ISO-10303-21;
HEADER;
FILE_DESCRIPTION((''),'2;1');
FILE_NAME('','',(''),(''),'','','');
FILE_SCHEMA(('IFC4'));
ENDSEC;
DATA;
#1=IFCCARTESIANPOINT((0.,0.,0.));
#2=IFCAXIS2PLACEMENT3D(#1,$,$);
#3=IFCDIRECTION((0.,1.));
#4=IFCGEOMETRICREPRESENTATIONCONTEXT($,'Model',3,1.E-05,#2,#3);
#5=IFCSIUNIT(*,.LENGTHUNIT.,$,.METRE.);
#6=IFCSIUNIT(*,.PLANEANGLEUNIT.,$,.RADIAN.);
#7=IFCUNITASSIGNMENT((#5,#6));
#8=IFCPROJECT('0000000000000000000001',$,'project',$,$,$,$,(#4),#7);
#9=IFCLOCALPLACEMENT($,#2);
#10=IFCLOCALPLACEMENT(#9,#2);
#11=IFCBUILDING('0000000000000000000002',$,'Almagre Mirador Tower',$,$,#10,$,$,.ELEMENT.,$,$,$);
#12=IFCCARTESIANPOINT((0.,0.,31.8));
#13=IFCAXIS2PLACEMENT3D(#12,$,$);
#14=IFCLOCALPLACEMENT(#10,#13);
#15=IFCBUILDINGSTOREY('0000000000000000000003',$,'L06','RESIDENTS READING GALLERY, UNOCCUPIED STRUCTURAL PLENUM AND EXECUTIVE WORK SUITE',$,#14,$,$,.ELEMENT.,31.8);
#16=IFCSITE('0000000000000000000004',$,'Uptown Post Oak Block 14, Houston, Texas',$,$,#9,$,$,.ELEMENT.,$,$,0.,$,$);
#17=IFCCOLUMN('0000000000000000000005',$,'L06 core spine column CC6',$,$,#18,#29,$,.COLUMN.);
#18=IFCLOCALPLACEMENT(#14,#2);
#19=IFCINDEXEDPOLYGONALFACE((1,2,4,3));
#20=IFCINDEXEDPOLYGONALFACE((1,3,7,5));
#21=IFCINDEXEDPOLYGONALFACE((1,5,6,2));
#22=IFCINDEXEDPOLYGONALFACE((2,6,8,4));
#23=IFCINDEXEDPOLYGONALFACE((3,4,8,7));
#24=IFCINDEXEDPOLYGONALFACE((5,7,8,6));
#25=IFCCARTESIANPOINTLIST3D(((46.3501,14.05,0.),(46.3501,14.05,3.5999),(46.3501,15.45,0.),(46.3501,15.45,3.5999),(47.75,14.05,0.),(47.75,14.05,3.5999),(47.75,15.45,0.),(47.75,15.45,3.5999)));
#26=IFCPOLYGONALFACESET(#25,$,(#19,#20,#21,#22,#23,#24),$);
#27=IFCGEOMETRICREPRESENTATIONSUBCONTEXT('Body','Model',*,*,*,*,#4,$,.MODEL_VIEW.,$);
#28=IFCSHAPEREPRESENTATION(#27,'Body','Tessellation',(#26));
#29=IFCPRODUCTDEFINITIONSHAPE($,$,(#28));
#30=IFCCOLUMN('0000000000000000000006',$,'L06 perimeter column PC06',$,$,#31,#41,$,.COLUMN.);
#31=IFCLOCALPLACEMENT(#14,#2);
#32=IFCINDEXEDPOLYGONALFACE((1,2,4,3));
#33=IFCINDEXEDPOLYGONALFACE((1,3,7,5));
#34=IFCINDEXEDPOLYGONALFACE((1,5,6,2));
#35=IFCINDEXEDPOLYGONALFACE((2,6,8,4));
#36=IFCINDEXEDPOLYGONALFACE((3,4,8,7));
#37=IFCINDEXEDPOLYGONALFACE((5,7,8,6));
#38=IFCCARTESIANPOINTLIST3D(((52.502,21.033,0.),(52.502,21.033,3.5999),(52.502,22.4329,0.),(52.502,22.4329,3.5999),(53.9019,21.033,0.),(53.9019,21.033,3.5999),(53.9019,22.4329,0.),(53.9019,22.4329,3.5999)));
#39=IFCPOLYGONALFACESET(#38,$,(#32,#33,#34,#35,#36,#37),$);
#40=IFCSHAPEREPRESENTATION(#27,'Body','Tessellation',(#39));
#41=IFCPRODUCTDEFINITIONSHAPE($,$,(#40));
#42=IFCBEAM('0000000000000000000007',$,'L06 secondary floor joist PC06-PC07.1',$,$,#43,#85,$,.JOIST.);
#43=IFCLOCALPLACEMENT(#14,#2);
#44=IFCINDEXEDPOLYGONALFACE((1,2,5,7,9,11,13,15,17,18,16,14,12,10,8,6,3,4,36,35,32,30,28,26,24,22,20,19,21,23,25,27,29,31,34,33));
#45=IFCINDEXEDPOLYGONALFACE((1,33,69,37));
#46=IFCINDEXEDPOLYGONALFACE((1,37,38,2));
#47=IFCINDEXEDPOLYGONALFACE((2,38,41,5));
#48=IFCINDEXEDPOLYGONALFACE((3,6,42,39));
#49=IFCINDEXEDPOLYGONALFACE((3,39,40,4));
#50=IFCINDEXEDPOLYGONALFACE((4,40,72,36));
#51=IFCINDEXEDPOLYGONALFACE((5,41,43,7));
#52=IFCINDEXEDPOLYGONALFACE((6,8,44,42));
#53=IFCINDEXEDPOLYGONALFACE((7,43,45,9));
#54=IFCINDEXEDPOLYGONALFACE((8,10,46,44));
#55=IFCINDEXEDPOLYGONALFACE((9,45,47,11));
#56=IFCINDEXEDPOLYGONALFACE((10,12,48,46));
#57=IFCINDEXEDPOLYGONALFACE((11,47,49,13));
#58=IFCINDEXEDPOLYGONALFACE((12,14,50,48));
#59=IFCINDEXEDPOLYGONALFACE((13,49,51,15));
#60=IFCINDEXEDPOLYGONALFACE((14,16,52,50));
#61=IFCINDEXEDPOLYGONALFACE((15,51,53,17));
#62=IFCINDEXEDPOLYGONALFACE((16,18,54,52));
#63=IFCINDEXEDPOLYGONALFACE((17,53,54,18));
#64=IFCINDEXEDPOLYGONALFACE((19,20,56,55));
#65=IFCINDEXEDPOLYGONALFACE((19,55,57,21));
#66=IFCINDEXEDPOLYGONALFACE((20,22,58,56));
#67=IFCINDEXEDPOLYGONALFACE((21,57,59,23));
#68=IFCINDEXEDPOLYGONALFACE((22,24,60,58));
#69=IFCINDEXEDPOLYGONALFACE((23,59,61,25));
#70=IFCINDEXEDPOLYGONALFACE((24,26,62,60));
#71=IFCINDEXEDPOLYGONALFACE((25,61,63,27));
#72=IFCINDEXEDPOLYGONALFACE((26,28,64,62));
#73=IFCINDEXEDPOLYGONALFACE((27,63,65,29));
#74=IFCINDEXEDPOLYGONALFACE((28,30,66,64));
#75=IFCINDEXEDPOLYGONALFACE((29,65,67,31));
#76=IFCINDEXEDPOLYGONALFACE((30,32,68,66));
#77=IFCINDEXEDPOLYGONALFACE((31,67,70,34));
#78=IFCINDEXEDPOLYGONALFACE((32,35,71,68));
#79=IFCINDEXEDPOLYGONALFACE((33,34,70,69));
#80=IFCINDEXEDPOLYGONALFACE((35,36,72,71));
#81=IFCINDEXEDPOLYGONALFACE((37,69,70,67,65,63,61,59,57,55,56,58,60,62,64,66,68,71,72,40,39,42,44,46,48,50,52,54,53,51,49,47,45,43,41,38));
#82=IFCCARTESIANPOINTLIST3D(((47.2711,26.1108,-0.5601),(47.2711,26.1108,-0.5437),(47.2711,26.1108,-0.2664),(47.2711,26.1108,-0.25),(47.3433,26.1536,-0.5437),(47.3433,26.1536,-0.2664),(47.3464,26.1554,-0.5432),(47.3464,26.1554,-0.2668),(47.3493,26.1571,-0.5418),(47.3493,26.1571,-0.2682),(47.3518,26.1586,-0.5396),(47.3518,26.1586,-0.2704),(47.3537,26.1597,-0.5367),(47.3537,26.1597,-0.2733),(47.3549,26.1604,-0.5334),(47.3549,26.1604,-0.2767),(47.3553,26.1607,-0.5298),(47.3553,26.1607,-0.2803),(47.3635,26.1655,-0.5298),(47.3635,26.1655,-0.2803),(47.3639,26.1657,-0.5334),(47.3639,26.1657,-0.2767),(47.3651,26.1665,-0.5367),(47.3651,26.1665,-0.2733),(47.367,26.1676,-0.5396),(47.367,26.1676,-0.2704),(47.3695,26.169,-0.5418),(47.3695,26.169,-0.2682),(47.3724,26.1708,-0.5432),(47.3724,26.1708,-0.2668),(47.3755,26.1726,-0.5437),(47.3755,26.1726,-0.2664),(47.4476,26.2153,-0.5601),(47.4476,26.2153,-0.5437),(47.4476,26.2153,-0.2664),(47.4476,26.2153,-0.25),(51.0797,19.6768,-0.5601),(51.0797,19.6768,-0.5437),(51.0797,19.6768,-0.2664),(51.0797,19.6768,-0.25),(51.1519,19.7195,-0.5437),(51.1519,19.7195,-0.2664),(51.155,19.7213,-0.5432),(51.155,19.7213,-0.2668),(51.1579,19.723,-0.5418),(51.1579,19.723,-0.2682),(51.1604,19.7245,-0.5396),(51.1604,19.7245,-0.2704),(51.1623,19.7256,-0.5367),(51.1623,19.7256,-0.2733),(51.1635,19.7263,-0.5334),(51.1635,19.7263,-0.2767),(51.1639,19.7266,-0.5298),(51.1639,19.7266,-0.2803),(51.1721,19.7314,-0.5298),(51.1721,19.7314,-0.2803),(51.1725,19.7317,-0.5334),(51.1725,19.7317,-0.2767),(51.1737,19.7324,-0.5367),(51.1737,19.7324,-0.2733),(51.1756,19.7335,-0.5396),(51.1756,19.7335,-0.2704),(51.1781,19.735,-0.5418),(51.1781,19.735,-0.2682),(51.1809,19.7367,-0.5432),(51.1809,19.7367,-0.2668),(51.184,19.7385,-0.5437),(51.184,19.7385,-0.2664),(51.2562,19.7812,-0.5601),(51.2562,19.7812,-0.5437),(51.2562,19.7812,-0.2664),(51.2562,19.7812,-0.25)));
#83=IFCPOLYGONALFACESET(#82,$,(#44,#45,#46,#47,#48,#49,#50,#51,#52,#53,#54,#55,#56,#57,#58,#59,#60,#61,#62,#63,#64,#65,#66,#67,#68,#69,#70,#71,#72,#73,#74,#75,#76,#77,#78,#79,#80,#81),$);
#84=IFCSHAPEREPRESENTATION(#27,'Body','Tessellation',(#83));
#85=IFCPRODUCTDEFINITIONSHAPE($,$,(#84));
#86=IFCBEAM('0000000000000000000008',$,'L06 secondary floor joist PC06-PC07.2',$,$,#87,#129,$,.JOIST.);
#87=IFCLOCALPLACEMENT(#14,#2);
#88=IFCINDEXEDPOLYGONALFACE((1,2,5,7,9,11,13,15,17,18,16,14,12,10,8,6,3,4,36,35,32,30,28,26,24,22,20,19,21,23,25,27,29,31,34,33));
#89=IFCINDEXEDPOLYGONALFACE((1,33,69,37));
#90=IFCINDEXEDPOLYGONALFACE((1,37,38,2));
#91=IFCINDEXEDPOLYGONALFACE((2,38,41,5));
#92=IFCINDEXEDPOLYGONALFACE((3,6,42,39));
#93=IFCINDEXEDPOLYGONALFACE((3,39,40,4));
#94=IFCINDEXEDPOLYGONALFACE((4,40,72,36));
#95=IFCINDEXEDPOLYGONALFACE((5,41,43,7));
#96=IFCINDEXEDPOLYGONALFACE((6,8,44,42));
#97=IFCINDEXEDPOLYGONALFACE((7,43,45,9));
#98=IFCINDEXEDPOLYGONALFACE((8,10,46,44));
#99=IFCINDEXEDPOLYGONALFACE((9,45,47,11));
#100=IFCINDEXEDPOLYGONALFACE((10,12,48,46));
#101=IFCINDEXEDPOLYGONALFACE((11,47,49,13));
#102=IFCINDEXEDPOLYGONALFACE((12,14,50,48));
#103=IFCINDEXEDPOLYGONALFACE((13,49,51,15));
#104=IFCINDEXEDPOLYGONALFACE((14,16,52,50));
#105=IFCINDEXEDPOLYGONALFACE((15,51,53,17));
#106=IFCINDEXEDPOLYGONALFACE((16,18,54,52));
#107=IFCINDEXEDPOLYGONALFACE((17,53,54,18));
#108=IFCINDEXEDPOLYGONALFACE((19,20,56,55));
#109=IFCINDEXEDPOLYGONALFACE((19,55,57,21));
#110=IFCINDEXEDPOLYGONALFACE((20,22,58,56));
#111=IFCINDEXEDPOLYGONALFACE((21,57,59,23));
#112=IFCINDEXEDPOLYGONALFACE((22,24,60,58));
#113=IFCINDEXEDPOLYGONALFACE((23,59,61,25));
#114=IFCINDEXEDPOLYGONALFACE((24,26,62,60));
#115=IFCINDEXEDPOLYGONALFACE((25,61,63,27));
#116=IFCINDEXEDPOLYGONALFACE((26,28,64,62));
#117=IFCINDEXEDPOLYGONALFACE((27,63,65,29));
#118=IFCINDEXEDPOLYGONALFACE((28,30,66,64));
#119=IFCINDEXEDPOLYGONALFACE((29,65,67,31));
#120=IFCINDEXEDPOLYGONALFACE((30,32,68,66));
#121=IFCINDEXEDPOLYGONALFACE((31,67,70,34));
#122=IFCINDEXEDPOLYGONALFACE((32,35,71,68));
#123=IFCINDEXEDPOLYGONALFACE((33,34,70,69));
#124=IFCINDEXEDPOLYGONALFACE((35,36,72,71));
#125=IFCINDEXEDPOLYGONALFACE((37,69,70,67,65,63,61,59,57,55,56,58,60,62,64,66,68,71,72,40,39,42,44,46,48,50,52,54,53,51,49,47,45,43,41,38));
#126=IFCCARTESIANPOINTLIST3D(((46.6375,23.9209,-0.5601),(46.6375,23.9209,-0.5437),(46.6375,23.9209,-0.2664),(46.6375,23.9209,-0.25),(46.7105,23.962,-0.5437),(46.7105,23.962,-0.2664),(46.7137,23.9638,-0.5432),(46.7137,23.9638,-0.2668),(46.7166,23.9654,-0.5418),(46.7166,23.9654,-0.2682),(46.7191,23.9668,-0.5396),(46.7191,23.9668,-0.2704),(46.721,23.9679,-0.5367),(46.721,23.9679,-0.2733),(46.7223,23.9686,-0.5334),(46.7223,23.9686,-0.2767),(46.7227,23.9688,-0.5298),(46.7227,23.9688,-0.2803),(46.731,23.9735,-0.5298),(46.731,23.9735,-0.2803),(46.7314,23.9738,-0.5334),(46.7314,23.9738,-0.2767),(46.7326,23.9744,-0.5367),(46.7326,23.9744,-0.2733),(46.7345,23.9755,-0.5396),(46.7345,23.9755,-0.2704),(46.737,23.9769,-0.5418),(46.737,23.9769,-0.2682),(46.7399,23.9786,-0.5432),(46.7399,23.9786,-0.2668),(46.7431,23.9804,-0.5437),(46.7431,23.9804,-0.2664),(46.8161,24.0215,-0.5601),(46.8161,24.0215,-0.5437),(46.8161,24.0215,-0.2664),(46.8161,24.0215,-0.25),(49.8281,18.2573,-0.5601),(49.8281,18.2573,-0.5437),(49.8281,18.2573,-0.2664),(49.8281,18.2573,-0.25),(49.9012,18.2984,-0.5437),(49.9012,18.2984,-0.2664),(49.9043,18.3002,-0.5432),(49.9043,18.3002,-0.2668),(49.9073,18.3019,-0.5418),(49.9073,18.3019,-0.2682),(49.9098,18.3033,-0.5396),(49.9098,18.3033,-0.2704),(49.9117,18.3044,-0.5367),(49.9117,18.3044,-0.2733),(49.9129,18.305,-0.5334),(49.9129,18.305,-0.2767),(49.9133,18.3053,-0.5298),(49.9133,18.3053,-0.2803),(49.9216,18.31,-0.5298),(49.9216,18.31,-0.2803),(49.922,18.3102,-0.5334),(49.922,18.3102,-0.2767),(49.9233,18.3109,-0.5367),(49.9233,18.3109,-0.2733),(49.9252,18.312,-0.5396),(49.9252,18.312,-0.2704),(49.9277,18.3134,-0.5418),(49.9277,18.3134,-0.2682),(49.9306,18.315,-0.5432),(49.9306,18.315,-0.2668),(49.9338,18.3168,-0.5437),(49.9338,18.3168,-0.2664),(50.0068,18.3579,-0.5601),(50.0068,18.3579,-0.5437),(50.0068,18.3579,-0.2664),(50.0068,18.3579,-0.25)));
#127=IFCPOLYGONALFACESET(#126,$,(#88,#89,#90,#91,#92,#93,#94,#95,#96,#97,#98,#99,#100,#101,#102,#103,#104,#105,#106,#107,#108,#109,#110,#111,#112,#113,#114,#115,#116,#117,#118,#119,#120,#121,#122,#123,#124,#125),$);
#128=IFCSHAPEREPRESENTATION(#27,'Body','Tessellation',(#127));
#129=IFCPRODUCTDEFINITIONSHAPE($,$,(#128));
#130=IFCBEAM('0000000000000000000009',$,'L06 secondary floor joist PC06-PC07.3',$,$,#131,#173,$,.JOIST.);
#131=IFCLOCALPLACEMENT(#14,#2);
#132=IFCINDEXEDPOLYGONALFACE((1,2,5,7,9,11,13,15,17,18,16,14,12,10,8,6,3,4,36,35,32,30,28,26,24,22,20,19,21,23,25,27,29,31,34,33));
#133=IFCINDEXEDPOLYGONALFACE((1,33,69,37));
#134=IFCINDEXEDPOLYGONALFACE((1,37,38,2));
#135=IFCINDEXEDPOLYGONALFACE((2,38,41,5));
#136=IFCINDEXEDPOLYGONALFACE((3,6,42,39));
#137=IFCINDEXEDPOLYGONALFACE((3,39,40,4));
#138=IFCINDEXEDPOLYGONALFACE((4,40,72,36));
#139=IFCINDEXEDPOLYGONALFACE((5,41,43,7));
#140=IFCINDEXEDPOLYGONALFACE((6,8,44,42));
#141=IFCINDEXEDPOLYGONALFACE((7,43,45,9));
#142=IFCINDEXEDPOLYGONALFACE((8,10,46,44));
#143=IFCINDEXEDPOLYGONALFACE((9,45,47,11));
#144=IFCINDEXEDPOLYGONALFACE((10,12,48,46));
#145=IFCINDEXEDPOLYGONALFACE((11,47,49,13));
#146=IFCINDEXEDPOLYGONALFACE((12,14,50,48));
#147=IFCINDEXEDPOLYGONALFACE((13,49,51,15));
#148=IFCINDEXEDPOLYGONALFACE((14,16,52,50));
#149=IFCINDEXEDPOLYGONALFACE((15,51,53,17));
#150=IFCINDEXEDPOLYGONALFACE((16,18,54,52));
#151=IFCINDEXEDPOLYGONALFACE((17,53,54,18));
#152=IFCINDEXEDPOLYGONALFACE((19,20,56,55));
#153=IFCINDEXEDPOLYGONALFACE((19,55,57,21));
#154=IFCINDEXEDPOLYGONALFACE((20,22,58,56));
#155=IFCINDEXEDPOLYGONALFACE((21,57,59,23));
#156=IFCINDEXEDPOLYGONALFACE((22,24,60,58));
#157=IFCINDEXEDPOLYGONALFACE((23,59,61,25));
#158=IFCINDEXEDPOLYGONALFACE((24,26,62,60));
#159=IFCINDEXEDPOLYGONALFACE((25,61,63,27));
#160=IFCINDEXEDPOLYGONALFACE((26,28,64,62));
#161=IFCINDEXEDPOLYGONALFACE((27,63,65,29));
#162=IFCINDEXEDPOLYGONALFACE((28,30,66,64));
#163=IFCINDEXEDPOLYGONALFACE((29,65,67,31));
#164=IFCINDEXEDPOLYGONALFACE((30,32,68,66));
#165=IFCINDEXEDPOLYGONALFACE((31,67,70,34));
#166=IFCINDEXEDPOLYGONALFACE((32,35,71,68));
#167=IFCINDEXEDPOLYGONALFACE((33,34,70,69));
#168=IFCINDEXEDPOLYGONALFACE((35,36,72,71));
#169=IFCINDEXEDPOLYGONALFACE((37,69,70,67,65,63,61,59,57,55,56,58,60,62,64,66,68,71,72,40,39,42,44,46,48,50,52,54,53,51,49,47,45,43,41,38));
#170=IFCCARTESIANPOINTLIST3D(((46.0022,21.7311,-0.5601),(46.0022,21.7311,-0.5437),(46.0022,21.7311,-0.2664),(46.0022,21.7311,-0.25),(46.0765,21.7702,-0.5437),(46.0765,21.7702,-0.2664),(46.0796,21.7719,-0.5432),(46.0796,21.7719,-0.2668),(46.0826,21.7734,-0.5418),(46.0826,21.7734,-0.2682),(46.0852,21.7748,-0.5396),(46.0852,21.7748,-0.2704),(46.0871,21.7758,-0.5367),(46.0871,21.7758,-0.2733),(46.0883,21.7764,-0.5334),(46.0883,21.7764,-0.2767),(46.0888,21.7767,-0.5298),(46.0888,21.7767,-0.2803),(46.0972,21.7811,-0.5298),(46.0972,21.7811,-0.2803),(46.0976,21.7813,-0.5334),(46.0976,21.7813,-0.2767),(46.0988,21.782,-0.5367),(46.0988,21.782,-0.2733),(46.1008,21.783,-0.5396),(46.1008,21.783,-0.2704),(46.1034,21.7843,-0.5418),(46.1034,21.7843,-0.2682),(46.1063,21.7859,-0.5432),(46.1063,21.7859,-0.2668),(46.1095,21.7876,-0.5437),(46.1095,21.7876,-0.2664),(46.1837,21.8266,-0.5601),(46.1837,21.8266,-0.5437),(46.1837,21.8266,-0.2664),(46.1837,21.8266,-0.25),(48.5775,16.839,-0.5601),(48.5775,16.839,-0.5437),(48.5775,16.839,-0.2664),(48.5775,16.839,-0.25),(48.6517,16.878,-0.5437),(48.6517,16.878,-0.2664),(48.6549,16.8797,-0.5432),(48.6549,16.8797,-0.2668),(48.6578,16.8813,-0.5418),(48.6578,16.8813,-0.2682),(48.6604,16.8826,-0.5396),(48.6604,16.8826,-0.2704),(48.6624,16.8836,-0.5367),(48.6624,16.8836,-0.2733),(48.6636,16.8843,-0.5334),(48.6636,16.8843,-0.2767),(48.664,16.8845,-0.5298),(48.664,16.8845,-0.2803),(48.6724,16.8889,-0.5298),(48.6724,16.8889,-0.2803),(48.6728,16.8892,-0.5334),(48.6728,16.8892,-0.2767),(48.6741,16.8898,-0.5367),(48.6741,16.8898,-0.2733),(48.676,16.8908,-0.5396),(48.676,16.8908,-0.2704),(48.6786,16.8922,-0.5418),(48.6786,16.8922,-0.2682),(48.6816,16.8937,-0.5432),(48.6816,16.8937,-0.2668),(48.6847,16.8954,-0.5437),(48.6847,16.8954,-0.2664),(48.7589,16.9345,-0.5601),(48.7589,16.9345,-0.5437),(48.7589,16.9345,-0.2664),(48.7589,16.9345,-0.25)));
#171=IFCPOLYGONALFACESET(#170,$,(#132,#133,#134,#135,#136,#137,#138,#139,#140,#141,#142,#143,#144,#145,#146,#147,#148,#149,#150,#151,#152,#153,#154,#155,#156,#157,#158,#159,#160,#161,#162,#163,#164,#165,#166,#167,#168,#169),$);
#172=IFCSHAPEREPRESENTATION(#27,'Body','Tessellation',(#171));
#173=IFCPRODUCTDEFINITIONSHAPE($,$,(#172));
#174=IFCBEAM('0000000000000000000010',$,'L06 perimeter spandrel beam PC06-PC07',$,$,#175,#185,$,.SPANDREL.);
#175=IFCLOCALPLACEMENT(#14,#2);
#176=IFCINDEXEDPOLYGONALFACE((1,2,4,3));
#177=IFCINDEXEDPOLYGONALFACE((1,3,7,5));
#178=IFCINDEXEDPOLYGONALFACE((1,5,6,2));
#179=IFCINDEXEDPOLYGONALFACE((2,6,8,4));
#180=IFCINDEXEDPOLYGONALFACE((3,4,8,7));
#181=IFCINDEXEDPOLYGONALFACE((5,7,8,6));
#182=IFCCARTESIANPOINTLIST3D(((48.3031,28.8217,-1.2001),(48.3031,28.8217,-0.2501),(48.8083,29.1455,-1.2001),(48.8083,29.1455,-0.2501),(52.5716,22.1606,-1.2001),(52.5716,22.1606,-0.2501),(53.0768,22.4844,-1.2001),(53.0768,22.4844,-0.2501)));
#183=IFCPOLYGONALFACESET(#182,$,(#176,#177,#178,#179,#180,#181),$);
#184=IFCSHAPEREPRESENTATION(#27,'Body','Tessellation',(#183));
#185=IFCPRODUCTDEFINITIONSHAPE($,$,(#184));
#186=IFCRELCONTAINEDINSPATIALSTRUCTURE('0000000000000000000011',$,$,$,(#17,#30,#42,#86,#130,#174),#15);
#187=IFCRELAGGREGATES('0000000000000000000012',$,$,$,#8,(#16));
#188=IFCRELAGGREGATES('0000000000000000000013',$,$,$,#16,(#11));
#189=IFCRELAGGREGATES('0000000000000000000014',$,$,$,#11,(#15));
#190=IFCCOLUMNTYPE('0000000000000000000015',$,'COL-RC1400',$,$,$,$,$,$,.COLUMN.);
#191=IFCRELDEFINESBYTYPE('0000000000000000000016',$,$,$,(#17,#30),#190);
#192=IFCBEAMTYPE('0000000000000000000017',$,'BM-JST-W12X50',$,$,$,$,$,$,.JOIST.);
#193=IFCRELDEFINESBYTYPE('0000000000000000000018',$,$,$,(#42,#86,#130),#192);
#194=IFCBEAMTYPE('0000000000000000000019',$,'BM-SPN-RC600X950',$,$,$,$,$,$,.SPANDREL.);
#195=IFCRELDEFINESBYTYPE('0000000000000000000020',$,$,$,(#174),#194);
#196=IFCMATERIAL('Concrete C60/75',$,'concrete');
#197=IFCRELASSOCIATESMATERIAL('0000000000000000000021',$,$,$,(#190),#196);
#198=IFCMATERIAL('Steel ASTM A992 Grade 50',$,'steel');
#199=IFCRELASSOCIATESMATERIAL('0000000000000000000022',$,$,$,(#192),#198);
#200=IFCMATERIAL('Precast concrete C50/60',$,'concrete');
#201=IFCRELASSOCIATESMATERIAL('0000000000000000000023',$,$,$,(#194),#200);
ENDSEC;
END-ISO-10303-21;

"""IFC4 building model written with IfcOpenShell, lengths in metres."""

from ifc_helpers import new_model, si_unit, direction, frame, origin, origin_2d, place, context, subcontext, project, spatial, rectangle, i_section, extrude, material, material_profile, profile_set, type_object, element, save


model = new_model("IFC4")

# Units and contexts
model_context = context("Model", 3, precision=1e-05, world=origin(), true_north=direction((0.0, 1.0)))
body_context = subcontext(model_context, "Body", "Model", "MODEL_VIEW")
ifc_project = project(units=[si_unit("LENGTHUNIT", "METRE"), si_unit("PLANEANGLEUNIT", "RADIAN")], contexts=[model_context])

# Site, building, storey
site_placement = place(None, origin())
site = spatial("IfcSite", under=ifc_project, at=site_placement, Name="Uptown Post Oak Block 14, Houston, Texas", CompositionType="ELEMENT", RefElevation=0.0)
building_placement = place(site_placement, origin())
building = spatial("IfcBuilding", under=site, at=building_placement, Name="Almagre Mirador Tower", CompositionType="ELEMENT")
storey_placement = place(building_placement, frame((0.0, 0.0, 31.8)))
storey = spatial("IfcBuildingStorey", under=building, at=storey_placement, Name="L06", Description="RESIDENTS READING GALLERY, UNOCCUPIED STRUCTURAL PLENUM AND EXECUTIVE WORK SUITE", CompositionType="ELEMENT", Elevation=31.8)

# Columns
ifc_material_1 = material(Name="Concrete C60/75", Category="concrete")
ifc_material_profile_1 = material_profile(ifc_material_1, rectangle(XDim=1.3999, YDim=1.3999, at=origin_2d()), Name="RC1400X1400")
ifc_profile_set_1 = profile_set([ifc_material_profile_1], Name="Concrete C60/75")
column_type = type_object("IfcColumnType", Name="COL-RC1400", PredefinedType="COLUMN", material=ifc_profile_set_1)
for number, where, z_axis, x_axis, name in (
    (1, (47.05, 14.75, 0.0), (0.0, 0.0, 1.0), (1.0, 0.0, 0.0), "L06 core spine column CC6"),
    (2, (53.2019, 21.7329, 0.0), (0.0, 0.0, 1.0), (1.0, 0.0, 0.0), "L06 perimeter column PC06"),
):
    element("IfcColumn", number, at=place(storey_placement, frame(where, z_axis=z_axis, x_axis=x_axis)), inside=storey, type_object=column_type, Name=name, PredefinedType="COLUMN", context=body_context, shape_type="SweptSolid", body=[
        extrude(rectangle(XDim=1.3999, YDim=1.3999, at=origin_2d()), origin(), (0.0, 0.0, 1.0), 3.5999),
    ])

# Beams
ifc_material_2 = material(Name="Steel ASTM A992 Grade 50", Category="steel")
ifc_material_profile_2 = material_profile(ifc_material_2, i_section(OverallWidth=0.2051, OverallDepth=0.3101, WebThickness=0.0095, FlangeThickness=0.0164, FilletRadius=0.0139, at=origin_2d()), Name="W12X50")
ifc_profile_set_2 = profile_set([ifc_material_profile_2], Name="Steel ASTM A992 Grade 50")
beam_type_1 = type_object("IfcBeamType", Name="BM-JST-W12X50", PredefinedType="JOIST", material=ifc_profile_set_2)
beam_1_placement = place(storey_placement, frame((51.168, 19.729, -0.405), z_axis=(-0.509387, 0.860538, 0.0), x_axis=(-0.860538, -0.509387, 0.0)))
element("IfcBeam", 3, at=beam_1_placement, inside=storey, type_object=beam_type_1, Name="L06 secondary floor joist PC06-PC07.1", PredefinedType="JOIST", context=body_context, shape_type="SweptSolid", body=[
    extrude(i_section(OverallWidth=0.2051, OverallDepth=0.3101, WebThickness=0.0095, FlangeThickness=0.0164, FilletRadius=0.0139, at=origin_2d()), origin(), (0.0, 0.0, 1.0), 7.4768),
])
beam_2_placement = place(storey_placement, frame((49.9175, 18.3076, -0.405), z_axis=(-0.490835, 0.871252, 0.0), x_axis=(-0.871252, -0.490835, 0.0)))
element("IfcBeam", 4, at=beam_2_placement, inside=storey, type_object=beam_type_1, Name="L06 secondary floor joist PC06-PC07.2", PredefinedType="JOIST", context=body_context, shape_type="SweptSolid", body=[
    extrude(i_section(OverallWidth=0.2051, OverallDepth=0.3101, WebThickness=0.0095, FlangeThickness=0.0164, FilletRadius=0.0139, at=origin_2d()), origin(), (0.0, 0.0, 1.0), 6.5005),
])
beam_3_placement = place(storey_placement, frame((48.6682, 16.8867, -0.405), z_axis=(-0.465805, 0.884888, 0.0), x_axis=(-0.884888, -0.465805, 0.0)))
element("IfcBeam", 5, at=beam_3_placement, inside=storey, type_object=beam_type_1, Name="L06 secondary floor joist PC06-PC07.3", PredefinedType="JOIST", context=body_context, shape_type="SweptSolid", body=[
    extrude(i_section(OverallWidth=0.2051, OverallDepth=0.3101, WebThickness=0.0095, FlangeThickness=0.0164, FilletRadius=0.0139, at=origin_2d()), origin(), (0.0, 0.0, 1.0), 5.5286),
])
ifc_material_3 = material(Name="Precast concrete C50/60", Category="concrete")
ifc_material_profile_3 = material_profile(ifc_material_3, rectangle(XDim=0.6001, YDim=0.95, at=origin_2d()), Name="RC600X950")
ifc_profile_set_3 = profile_set([ifc_material_profile_3], Name="Precast concrete C50/60")
beam_type_2 = type_object("IfcBeamType", Name="BM-SPN-RC600X950", PredefinedType="SPANDREL", material=ifc_profile_set_3)
beam_4_placement = place(storey_placement, frame((52.8242, 22.3225, -0.7251), z_axis=(-0.53954, 0.84196, 0.0), x_axis=(-0.84196, -0.53954, 0.0)))
element("IfcBeam", 6, at=beam_4_placement, inside=storey, type_object=beam_type_2, Name="L06 perimeter spandrel beam PC06-PC07", PredefinedType="SPANDREL", context=body_context, shape_type="SweptSolid", body=[
    extrude(rectangle(XDim=0.6001, YDim=0.95, at=origin_2d()), origin(), (0.0, 0.0, 1.0), 7.9114),
])

save(model, "model.ifc")
